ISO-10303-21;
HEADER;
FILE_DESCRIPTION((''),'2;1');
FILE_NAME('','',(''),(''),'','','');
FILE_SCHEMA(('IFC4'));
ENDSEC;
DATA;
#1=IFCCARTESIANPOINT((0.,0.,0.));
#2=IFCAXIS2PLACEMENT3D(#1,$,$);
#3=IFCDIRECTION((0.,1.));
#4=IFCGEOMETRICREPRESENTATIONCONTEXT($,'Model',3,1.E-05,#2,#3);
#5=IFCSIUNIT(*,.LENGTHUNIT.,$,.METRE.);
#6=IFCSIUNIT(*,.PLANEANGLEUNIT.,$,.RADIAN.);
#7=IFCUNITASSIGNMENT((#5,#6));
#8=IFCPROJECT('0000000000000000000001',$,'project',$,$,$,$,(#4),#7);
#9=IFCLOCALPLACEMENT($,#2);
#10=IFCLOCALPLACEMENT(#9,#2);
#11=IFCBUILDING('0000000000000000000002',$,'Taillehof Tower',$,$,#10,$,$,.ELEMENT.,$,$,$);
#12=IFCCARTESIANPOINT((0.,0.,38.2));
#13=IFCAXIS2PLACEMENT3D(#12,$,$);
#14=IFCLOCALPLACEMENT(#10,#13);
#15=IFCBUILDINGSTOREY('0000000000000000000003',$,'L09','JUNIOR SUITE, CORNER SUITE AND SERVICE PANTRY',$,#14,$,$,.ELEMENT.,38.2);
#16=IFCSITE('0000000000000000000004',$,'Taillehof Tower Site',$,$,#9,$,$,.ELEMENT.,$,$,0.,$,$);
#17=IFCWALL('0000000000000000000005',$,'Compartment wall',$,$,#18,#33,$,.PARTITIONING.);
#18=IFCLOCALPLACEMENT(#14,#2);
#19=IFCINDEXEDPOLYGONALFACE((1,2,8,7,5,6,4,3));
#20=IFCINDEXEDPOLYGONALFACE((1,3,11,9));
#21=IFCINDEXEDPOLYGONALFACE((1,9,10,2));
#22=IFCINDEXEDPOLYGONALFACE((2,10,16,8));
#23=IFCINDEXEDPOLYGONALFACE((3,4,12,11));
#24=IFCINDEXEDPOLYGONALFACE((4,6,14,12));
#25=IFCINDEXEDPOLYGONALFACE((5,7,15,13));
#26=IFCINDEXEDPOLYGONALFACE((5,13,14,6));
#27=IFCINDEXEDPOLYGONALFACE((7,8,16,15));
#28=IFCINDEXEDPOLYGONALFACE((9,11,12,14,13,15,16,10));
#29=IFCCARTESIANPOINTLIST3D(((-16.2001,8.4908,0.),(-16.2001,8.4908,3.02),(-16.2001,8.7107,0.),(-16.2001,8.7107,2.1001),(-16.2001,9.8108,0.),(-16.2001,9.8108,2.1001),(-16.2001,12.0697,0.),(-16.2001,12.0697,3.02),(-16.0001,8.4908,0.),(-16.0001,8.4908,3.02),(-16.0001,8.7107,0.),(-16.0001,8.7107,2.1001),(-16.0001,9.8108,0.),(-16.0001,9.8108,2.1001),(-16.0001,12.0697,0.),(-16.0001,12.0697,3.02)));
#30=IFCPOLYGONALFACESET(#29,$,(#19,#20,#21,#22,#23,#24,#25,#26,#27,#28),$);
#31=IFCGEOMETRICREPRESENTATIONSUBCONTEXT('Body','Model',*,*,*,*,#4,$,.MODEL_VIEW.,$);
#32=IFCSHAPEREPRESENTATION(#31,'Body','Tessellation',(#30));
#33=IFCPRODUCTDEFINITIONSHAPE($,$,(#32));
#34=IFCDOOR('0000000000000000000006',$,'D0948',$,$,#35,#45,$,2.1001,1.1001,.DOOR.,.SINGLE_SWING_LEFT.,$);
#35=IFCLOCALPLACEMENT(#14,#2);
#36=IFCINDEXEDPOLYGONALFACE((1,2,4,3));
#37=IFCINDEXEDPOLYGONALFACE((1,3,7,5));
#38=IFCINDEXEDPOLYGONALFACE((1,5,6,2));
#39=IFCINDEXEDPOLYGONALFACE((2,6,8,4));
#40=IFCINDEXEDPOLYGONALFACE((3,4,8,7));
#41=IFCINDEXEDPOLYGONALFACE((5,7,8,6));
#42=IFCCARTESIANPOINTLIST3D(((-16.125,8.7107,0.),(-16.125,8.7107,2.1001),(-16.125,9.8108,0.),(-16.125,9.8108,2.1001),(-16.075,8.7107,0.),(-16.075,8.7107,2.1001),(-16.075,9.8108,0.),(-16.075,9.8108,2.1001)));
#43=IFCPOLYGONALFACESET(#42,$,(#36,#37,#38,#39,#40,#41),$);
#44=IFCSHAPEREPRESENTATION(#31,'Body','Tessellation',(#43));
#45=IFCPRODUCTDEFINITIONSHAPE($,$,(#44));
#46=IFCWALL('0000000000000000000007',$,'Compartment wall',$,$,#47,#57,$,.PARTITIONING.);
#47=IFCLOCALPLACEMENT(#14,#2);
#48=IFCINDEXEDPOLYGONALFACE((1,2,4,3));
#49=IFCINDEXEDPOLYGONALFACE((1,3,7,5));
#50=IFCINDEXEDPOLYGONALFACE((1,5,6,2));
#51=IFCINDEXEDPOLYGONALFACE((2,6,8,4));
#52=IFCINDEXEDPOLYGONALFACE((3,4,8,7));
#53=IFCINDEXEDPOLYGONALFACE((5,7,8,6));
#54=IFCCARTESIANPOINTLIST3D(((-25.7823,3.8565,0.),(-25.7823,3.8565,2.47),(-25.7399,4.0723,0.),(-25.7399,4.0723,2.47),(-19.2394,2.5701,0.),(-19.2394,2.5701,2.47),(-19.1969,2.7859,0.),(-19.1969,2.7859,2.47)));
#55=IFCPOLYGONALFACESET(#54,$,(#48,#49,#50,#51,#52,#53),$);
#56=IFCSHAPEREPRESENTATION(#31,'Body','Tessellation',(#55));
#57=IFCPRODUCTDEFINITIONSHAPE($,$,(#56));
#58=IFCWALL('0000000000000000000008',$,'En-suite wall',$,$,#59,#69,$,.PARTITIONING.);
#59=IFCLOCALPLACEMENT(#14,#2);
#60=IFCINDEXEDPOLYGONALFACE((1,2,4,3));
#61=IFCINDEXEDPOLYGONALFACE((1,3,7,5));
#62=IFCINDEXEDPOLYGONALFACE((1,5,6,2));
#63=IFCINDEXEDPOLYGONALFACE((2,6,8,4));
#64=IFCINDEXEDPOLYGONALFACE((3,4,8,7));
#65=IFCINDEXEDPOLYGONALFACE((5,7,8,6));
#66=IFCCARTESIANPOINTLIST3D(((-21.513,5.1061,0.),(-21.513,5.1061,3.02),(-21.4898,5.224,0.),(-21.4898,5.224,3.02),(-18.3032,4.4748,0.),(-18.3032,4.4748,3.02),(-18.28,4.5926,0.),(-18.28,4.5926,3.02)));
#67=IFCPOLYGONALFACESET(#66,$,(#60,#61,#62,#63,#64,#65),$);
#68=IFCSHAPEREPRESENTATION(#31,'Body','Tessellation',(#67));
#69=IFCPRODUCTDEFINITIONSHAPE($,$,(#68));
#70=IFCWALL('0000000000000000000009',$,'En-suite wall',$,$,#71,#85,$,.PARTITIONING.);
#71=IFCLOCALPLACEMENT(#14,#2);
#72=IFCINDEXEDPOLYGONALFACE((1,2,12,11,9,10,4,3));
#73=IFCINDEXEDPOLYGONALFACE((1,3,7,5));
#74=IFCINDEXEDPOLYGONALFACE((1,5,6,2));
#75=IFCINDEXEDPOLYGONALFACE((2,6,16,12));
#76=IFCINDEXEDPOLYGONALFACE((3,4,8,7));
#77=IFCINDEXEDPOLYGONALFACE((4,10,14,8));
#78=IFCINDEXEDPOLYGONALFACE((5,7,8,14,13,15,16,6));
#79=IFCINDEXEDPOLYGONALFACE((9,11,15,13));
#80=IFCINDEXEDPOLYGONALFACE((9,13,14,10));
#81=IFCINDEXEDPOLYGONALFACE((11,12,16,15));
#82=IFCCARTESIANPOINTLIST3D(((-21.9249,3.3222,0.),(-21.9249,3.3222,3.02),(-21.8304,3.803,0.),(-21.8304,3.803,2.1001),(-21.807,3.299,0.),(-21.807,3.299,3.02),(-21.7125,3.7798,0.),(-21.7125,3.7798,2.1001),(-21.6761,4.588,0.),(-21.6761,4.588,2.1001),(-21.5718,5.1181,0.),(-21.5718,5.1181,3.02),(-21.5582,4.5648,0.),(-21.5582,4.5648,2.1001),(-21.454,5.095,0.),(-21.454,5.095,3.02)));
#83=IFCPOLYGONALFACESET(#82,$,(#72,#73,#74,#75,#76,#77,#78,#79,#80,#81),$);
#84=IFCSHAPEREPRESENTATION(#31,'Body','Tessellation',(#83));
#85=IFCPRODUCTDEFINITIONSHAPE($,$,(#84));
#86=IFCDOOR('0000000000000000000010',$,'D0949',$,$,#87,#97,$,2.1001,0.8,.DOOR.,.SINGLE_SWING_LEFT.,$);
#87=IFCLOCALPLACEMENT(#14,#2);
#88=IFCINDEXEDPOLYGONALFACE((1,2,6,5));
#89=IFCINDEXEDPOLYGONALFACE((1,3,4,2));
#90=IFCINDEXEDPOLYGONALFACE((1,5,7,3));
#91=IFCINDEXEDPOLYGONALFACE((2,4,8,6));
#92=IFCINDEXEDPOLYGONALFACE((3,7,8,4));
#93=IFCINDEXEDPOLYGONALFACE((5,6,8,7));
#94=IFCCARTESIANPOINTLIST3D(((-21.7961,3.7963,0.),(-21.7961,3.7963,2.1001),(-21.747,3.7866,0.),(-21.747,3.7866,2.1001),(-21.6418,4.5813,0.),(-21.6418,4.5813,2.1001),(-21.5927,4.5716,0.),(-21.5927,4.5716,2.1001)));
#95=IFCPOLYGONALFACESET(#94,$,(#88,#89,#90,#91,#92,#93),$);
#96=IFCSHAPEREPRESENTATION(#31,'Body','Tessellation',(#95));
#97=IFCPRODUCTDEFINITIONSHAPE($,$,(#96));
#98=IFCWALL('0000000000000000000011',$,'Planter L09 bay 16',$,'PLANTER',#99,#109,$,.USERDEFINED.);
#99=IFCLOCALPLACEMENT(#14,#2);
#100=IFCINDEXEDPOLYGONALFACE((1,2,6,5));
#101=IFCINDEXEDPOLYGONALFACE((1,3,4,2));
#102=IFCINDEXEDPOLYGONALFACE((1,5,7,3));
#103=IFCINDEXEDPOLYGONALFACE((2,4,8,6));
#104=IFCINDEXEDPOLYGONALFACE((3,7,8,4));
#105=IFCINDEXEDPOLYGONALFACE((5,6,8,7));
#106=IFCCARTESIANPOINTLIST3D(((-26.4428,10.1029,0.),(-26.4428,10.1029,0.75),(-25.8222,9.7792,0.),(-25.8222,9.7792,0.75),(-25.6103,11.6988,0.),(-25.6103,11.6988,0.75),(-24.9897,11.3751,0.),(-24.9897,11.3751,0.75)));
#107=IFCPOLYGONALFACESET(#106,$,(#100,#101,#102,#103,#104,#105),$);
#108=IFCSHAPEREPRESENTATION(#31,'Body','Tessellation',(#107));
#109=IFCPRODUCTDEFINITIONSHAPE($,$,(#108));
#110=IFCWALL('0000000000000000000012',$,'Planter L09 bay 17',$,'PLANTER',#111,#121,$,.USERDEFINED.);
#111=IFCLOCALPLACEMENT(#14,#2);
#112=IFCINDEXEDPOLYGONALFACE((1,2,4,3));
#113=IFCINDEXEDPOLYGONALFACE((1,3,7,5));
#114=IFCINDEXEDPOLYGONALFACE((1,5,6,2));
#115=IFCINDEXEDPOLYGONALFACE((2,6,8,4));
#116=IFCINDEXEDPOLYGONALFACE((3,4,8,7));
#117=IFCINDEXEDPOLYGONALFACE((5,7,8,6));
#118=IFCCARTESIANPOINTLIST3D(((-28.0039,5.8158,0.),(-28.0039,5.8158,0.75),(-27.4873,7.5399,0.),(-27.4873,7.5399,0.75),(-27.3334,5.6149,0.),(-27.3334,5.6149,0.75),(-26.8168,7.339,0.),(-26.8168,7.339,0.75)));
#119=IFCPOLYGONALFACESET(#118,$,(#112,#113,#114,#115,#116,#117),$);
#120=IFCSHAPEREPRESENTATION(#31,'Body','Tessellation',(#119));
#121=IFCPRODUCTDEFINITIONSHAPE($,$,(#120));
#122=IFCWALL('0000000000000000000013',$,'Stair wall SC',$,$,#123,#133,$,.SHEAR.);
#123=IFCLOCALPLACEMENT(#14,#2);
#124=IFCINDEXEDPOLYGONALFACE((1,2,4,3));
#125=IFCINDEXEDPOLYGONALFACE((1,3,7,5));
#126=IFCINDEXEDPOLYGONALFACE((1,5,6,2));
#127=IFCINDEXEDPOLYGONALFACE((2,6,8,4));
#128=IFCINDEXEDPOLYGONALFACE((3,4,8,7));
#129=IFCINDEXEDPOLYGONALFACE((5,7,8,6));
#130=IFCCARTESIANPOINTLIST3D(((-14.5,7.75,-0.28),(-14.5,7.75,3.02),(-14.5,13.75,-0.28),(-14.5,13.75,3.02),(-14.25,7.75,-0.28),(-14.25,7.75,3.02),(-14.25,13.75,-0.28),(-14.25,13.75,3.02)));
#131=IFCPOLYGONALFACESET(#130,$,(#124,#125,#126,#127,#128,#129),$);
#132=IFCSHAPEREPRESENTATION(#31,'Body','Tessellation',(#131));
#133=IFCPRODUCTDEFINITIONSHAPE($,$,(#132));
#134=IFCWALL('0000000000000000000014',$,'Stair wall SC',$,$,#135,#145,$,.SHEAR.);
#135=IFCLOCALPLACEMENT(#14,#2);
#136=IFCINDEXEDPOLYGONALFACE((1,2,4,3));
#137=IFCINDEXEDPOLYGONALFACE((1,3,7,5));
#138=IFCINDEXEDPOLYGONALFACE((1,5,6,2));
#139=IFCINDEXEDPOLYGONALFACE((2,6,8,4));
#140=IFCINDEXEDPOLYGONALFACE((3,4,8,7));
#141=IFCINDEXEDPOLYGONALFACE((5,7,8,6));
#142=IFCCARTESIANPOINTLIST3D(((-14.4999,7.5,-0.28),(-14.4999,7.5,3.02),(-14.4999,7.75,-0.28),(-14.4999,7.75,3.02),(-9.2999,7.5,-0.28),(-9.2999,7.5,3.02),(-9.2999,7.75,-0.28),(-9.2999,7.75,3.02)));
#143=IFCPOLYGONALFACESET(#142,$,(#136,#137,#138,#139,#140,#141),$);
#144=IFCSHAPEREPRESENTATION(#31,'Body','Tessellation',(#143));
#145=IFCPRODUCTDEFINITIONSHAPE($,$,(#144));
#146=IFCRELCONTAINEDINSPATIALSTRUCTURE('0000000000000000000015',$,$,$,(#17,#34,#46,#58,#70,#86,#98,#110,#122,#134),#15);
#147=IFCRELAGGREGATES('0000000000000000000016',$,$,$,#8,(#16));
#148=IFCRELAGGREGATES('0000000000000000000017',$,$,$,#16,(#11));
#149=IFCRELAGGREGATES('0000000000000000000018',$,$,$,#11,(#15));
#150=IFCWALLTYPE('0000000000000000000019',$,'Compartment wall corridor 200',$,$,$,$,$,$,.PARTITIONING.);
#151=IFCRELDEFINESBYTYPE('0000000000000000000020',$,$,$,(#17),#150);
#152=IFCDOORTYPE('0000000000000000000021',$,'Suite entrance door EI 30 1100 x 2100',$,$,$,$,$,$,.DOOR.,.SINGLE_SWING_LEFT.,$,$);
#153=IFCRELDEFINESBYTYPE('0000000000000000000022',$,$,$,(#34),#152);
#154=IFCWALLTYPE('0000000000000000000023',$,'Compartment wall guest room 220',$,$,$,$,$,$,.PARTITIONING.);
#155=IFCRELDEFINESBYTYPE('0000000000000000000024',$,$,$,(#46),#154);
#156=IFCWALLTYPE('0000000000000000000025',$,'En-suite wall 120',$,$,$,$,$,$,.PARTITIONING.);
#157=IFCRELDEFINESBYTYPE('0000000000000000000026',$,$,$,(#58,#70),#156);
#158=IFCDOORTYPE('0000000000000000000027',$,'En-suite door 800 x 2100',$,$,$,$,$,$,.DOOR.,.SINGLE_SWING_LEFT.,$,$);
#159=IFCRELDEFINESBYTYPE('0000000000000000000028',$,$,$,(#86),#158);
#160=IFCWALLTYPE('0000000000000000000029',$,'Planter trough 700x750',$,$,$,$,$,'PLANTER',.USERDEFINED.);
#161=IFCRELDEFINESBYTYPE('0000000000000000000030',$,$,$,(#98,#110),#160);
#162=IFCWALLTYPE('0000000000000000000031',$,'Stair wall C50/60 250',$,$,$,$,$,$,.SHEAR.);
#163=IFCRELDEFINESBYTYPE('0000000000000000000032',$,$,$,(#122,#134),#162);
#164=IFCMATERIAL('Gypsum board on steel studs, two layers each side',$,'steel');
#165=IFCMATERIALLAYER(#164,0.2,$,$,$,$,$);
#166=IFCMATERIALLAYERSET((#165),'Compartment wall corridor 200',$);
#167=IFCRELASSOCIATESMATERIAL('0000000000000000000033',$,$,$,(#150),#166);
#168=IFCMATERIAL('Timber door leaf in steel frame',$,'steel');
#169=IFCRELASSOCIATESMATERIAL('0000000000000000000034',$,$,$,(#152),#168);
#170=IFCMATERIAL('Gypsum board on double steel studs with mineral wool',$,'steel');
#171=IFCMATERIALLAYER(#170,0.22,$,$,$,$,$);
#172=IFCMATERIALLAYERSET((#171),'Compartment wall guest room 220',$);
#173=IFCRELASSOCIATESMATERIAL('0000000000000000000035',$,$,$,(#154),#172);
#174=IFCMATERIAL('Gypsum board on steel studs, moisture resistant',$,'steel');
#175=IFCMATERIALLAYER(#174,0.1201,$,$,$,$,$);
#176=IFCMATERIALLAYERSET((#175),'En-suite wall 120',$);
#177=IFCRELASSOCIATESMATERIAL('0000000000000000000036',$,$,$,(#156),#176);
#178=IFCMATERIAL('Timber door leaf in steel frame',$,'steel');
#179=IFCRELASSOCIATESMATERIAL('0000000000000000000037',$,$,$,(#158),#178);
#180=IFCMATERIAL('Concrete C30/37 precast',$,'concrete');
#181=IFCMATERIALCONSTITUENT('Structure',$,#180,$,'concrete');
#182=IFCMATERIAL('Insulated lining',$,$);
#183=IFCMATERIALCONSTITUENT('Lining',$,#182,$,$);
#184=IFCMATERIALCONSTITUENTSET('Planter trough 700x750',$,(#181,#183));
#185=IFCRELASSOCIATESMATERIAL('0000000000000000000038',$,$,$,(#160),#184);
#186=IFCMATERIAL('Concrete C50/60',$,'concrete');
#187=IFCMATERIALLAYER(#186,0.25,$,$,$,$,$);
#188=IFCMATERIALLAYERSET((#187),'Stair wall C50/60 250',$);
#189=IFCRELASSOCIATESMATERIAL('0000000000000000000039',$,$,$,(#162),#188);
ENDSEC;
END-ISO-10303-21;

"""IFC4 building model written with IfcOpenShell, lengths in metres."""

from ifc_helpers import new_model, si_unit, direction, frame, frame_2d, origin, place, context, subcontext, project, spatial, rectangle, extrude, material, layer, layer_set, constituent, constituent_set, type_object, element, fill, save


model = new_model("IFC4")

# Units and contexts
model_context = context("Model", 3, precision=1e-05, world=origin(), true_north=direction((0.0, 1.0)))
body_context = subcontext(model_context, "Body", "Model", "MODEL_VIEW")
ifc_project = project(units=[si_unit("LENGTHUNIT", "METRE"), si_unit("PLANEANGLEUNIT", "RADIAN")], contexts=[model_context])

# Site, building, storey
site_placement = place(None, origin())
site = spatial("IfcSite", under=ifc_project, at=site_placement, Name="Taillehof Tower Site", CompositionType="ELEMENT", RefElevation=0.0)
building_placement = place(site_placement, origin())
building = spatial("IfcBuilding", under=site, at=building_placement, Name="Taillehof Tower", CompositionType="ELEMENT")
storey_placement = place(building_placement, frame((0.0, 0.0, 38.2)))
storey = spatial("IfcBuildingStorey", under=building, at=storey_placement, Name="L09", Description="JUNIOR SUITE, CORNER SUITE AND SERVICE PANTRY", CompositionType="ELEMENT", Elevation=38.2)

# Shared definitions
ifc_material_1 = material(Name="Gypsum board on steel studs, two layers each side", Category="steel")
ifc_layer_1 = layer(ifc_material_1, 0.2)
ifc_layer_set_1 = layer_set([ifc_layer_1], Name="Compartment wall corridor 200")
wall_type_1 = type_object("IfcWallType", Name="Compartment wall corridor 200", PredefinedType="PARTITIONING", material=ifc_layer_set_1)

# Wall, opening, door
wall_1_placement = place(storey_placement, frame((-16.1001, 8.4907, 0.0), z_axis=(0.0, 0.0, 1.0), x_axis=(0.0, 1.0, 0.0)))
wall_1 = element("IfcWall", 1, at=wall_1_placement, inside=storey, type_object=wall_type_1, Name="Compartment wall", PredefinedType="PARTITIONING", context=body_context, shape_type="SweptSolid", body=[
    extrude(rectangle(XDim=3.5789, YDim=0.2, at=frame_2d((1.7896, 0.0))), origin(), (0.0, 0.0, 1.0), 3.02),
])
opening_1_placement = place(wall_1_placement, frame((0.22, 0.0, 0.0)))
opening_1 = element("IfcOpeningElement", 2, at=opening_1_placement, cuts=wall_1, PredefinedType="OPENING", context=body_context, shape_type="SweptSolid", body=[
    extrude(rectangle(XDim=1.1001, YDim=2.1001, at=frame_2d((0.55, 1.05))), frame((0.0, 0.1099, 0.0), z_axis=(0.0, -1.0, 0.0), x_axis=(1.0, 0.0, 0.0)), (0.0, 0.0, 1.0), 0.22),
])
ifc_material_2 = material(Name="Timber door leaf in steel frame", Category="steel")
door_type_1 = type_object("IfcDoorType", Name="Suite entrance door EI 30 1100 x 2100", OperationType="SINGLE_SWING_LEFT", PredefinedType="DOOR", material=ifc_material_2)
door_1_placement = place(opening_1_placement, origin())
door_1 = element("IfcDoor", 3, at=door_1_placement, inside=storey, type_object=door_type_1, Name="D0948", OperationType="SINGLE_SWING_LEFT", OverallHeight=2.1001, OverallWidth=1.1001, PredefinedType="DOOR", context=body_context, shape_type="SweptSolid", body=[
    extrude(rectangle(XDim=1.1001, YDim=2.1001, at=frame_2d((0.55, 1.05))), frame((0.0, 0.0249, 0.0), z_axis=(0.0, -1.0, 0.0), x_axis=(1.0, 0.0, 0.0)), (0.0, 0.0, 1.0), 0.05),
])
fill(opening_1, door_1)

# Walls
ifc_material_3 = material(Name="Gypsum board on double steel studs with mineral wool", Category="steel")
ifc_layer_2 = layer(ifc_material_3, 0.22)
ifc_layer_set_2 = layer_set([ifc_layer_2], Name="Compartment wall guest room 220")
wall_type_2 = type_object("IfcWallType", Name="Compartment wall guest room 220", PredefinedType="PARTITIONING", material=ifc_layer_set_2)
wall_2_placement = place(storey_placement, frame((-25.761, 3.9644, 0.0), z_axis=(0.0, 0.0, 1.0), x_axis=(0.981216, -0.192911, 0.0)))
element("IfcWall", 4, at=wall_2_placement, inside=storey, type_object=wall_type_2, Name="Compartment wall", PredefinedType="PARTITIONING", context=body_context, shape_type="SweptSolid", body=[
    extrude(rectangle(XDim=6.6682, YDim=0.22, at=frame_2d((3.334, 0.0))), origin(), (0.0, 0.0, 1.0), 2.47),
])
ifc_material_4 = material(Name="Gypsum board on steel studs, moisture resistant", Category="steel")
ifc_layer_3 = layer(ifc_material_4, 0.1201)
ifc_layer_set_3 = layer_set([ifc_layer_3], Name="En-suite wall 120")
wall_type_3 = type_object("IfcWallType", Name="En-suite wall 120", PredefinedType="PARTITIONING", material=ifc_layer_set_3)
wall_3_placement = place(storey_placement, frame((-18.2915, 4.5337, 0.0), z_axis=(0.0, 0.0, 1.0), x_axis=(-0.981199, 0.193001, 0.0)))
element("IfcWall", 5, at=wall_3_placement, inside=storey, type_object=wall_type_3, Name="En-suite wall", PredefinedType="PARTITIONING", context=body_context, shape_type="SweptSolid", body=[
    extrude(rectangle(XDim=3.2712, YDim=0.1201, at=frame_2d((1.6357, 0.0))), origin(), (0.0, 0.0, 1.0), 3.02),
])

# Wall, opening, door
wall_4_placement = place(storey_placement, frame((-21.5129, 5.1064, 0.0), z_axis=(0.0, 0.0, 1.0), x_axis=(-0.192883, -0.981222, 0.0)))
wall_4 = element("IfcWall", 6, at=wall_4_placement, inside=storey, type_object=wall_type_3, Name="En-suite wall", PredefinedType="PARTITIONING", context=body_context, shape_type="SweptSolid", body=[
    extrude(rectangle(XDim=1.8303, YDim=0.1201, at=frame_2d((0.915, 0.0))), origin(), (0.0, 0.0, 1.0), 3.02),
])
opening_2_placement = place(wall_4_placement, frame((0.5403, 0.0, 0.0)))
opening_2 = element("IfcOpeningElement", 7, at=opening_2_placement, cuts=wall_4, PredefinedType="OPENING", context=body_context, shape_type="SweptSolid", body=[
    extrude(rectangle(XDim=0.8, YDim=2.1001, at=frame_2d((0.3999, 1.05))), frame((0.0, 0.0701, 0.0), z_axis=(0.0, -1.0, 0.0), x_axis=(1.0, 0.0, 0.0)), (0.0, 0.0, 1.0), 0.1401),
])
ifc_material_5 = material(Name="Timber door leaf in steel frame", Category="steel")
door_type_2 = type_object("IfcDoorType", Name="En-suite door 800 x 2100", OperationType="SINGLE_SWING_LEFT", PredefinedType="DOOR", material=ifc_material_5)
door_2_placement = place(opening_2_placement, origin())
door_2 = element("IfcDoor", 8, at=door_2_placement, inside=storey, type_object=door_type_2, Name="D0949", OperationType="SINGLE_SWING_LEFT", OverallHeight=2.1001, OverallWidth=0.8, PredefinedType="DOOR", context=body_context, shape_type="SweptSolid", body=[
    extrude(rectangle(XDim=0.8, YDim=2.1001, at=frame_2d((0.3999, 1.05))), frame((0.0, 0.0249, 0.0), z_axis=(0.0, -1.0, 0.0), x_axis=(1.0, 0.0, 0.0)), (0.0, 0.0, 1.0), 0.05),
])
fill(opening_2, door_2)

# Walls
ifc_material_6 = material(Name="Concrete C30/37 precast", Category="concrete")
ifc_constituent_1 = constituent(ifc_material_6, Name="Structure", Category="concrete")
ifc_material_7 = material(Name="Insulated lining")
ifc_constituent_2 = constituent(ifc_material_7, Name="Lining")
ifc_constituent_set = constituent_set(constituents=[ifc_constituent_1, ifc_constituent_2], Name="Planter trough 700x750")
wall_type_4 = type_object("IfcWallType", Name="Planter trough 700x750", ElementType="PLANTER", PredefinedType="USERDEFINED", material=ifc_constituent_set)
wall_5_placement = place(storey_placement, frame((-25.3, 11.5369, 0.0), z_axis=(0.0, 0.0, 1.0), x_axis=(-0.462501, -0.886619, 0.0)))
element("IfcWall", 9, at=wall_5_placement, inside=storey, type_object=wall_type_4, Name="Planter L09 bay 16", ObjectType="PLANTER", PredefinedType="USERDEFINED", context=body_context, shape_type="SweptSolid", body=[
    extrude(rectangle(XDim=1.8, YDim=0.7, at=frame_2d((0.8999, 0.0))), origin(), (0.0, 0.0, 1.0), 0.75),
])
wall_6_placement = place(storey_placement, frame((-27.1521, 7.4395, 0.0), z_axis=(0.0, 0.0, 1.0), x_axis=(-0.287024, -0.957923, 0.0)))
element("IfcWall", 10, at=wall_6_placement, inside=storey, type_object=wall_type_4, Name="Planter L09 bay 17", ObjectType="PLANTER", PredefinedType="USERDEFINED", context=body_context, shape_type="SweptSolid", body=[
    extrude(rectangle(XDim=1.7998, YDim=0.7, at=frame_2d((0.8999, 0.0))), origin(), (0.0, 0.0, 1.0), 0.75),
])
ifc_material_8 = material(Name="Concrete C50/60", Category="concrete")
ifc_layer_4 = layer(ifc_material_8, 0.25)
ifc_layer_set_4 = layer_set([ifc_layer_4], Name="Stair wall C50/60 250")
wall_type_5 = type_object("IfcWallType", Name="Stair wall C50/60 250", PredefinedType="SHEAR", material=ifc_layer_set_4)
wall_7_placement = place(storey_placement, frame((-14.375, 7.75, -0.28), z_axis=(0.0, 0.0, 1.0), x_axis=(0.0, 1.0, 0.0)))
element("IfcWall", 11, at=wall_7_placement, inside=storey, type_object=wall_type_5, Name="Stair wall SC", PredefinedType="SHEAR", context=body_context, shape_type="SweptSolid", body=[
    extrude(rectangle(XDim=6.0, YDim=0.25, at=frame_2d((3.0, 0.0))), origin(), (0.0, 0.0, 1.0), 3.3),
])
wall_8_placement = place(storey_placement, frame((-14.5, 7.625, -0.28), z_axis=(0.0, 0.0, 1.0), x_axis=(1.0, 0.0, 0.0)))
element("IfcWall", 12, at=wall_8_placement, inside=storey, type_object=wall_type_5, Name="Stair wall SC", PredefinedType="SHEAR", context=body_context, shape_type="SweptSolid", body=[
    extrude(rectangle(XDim=5.2, YDim=0.25, at=frame_2d((2.6001, 0.0))), origin(), (0.0, 0.0, 1.0), 3.3),
])

save(model, "model.ifc")
